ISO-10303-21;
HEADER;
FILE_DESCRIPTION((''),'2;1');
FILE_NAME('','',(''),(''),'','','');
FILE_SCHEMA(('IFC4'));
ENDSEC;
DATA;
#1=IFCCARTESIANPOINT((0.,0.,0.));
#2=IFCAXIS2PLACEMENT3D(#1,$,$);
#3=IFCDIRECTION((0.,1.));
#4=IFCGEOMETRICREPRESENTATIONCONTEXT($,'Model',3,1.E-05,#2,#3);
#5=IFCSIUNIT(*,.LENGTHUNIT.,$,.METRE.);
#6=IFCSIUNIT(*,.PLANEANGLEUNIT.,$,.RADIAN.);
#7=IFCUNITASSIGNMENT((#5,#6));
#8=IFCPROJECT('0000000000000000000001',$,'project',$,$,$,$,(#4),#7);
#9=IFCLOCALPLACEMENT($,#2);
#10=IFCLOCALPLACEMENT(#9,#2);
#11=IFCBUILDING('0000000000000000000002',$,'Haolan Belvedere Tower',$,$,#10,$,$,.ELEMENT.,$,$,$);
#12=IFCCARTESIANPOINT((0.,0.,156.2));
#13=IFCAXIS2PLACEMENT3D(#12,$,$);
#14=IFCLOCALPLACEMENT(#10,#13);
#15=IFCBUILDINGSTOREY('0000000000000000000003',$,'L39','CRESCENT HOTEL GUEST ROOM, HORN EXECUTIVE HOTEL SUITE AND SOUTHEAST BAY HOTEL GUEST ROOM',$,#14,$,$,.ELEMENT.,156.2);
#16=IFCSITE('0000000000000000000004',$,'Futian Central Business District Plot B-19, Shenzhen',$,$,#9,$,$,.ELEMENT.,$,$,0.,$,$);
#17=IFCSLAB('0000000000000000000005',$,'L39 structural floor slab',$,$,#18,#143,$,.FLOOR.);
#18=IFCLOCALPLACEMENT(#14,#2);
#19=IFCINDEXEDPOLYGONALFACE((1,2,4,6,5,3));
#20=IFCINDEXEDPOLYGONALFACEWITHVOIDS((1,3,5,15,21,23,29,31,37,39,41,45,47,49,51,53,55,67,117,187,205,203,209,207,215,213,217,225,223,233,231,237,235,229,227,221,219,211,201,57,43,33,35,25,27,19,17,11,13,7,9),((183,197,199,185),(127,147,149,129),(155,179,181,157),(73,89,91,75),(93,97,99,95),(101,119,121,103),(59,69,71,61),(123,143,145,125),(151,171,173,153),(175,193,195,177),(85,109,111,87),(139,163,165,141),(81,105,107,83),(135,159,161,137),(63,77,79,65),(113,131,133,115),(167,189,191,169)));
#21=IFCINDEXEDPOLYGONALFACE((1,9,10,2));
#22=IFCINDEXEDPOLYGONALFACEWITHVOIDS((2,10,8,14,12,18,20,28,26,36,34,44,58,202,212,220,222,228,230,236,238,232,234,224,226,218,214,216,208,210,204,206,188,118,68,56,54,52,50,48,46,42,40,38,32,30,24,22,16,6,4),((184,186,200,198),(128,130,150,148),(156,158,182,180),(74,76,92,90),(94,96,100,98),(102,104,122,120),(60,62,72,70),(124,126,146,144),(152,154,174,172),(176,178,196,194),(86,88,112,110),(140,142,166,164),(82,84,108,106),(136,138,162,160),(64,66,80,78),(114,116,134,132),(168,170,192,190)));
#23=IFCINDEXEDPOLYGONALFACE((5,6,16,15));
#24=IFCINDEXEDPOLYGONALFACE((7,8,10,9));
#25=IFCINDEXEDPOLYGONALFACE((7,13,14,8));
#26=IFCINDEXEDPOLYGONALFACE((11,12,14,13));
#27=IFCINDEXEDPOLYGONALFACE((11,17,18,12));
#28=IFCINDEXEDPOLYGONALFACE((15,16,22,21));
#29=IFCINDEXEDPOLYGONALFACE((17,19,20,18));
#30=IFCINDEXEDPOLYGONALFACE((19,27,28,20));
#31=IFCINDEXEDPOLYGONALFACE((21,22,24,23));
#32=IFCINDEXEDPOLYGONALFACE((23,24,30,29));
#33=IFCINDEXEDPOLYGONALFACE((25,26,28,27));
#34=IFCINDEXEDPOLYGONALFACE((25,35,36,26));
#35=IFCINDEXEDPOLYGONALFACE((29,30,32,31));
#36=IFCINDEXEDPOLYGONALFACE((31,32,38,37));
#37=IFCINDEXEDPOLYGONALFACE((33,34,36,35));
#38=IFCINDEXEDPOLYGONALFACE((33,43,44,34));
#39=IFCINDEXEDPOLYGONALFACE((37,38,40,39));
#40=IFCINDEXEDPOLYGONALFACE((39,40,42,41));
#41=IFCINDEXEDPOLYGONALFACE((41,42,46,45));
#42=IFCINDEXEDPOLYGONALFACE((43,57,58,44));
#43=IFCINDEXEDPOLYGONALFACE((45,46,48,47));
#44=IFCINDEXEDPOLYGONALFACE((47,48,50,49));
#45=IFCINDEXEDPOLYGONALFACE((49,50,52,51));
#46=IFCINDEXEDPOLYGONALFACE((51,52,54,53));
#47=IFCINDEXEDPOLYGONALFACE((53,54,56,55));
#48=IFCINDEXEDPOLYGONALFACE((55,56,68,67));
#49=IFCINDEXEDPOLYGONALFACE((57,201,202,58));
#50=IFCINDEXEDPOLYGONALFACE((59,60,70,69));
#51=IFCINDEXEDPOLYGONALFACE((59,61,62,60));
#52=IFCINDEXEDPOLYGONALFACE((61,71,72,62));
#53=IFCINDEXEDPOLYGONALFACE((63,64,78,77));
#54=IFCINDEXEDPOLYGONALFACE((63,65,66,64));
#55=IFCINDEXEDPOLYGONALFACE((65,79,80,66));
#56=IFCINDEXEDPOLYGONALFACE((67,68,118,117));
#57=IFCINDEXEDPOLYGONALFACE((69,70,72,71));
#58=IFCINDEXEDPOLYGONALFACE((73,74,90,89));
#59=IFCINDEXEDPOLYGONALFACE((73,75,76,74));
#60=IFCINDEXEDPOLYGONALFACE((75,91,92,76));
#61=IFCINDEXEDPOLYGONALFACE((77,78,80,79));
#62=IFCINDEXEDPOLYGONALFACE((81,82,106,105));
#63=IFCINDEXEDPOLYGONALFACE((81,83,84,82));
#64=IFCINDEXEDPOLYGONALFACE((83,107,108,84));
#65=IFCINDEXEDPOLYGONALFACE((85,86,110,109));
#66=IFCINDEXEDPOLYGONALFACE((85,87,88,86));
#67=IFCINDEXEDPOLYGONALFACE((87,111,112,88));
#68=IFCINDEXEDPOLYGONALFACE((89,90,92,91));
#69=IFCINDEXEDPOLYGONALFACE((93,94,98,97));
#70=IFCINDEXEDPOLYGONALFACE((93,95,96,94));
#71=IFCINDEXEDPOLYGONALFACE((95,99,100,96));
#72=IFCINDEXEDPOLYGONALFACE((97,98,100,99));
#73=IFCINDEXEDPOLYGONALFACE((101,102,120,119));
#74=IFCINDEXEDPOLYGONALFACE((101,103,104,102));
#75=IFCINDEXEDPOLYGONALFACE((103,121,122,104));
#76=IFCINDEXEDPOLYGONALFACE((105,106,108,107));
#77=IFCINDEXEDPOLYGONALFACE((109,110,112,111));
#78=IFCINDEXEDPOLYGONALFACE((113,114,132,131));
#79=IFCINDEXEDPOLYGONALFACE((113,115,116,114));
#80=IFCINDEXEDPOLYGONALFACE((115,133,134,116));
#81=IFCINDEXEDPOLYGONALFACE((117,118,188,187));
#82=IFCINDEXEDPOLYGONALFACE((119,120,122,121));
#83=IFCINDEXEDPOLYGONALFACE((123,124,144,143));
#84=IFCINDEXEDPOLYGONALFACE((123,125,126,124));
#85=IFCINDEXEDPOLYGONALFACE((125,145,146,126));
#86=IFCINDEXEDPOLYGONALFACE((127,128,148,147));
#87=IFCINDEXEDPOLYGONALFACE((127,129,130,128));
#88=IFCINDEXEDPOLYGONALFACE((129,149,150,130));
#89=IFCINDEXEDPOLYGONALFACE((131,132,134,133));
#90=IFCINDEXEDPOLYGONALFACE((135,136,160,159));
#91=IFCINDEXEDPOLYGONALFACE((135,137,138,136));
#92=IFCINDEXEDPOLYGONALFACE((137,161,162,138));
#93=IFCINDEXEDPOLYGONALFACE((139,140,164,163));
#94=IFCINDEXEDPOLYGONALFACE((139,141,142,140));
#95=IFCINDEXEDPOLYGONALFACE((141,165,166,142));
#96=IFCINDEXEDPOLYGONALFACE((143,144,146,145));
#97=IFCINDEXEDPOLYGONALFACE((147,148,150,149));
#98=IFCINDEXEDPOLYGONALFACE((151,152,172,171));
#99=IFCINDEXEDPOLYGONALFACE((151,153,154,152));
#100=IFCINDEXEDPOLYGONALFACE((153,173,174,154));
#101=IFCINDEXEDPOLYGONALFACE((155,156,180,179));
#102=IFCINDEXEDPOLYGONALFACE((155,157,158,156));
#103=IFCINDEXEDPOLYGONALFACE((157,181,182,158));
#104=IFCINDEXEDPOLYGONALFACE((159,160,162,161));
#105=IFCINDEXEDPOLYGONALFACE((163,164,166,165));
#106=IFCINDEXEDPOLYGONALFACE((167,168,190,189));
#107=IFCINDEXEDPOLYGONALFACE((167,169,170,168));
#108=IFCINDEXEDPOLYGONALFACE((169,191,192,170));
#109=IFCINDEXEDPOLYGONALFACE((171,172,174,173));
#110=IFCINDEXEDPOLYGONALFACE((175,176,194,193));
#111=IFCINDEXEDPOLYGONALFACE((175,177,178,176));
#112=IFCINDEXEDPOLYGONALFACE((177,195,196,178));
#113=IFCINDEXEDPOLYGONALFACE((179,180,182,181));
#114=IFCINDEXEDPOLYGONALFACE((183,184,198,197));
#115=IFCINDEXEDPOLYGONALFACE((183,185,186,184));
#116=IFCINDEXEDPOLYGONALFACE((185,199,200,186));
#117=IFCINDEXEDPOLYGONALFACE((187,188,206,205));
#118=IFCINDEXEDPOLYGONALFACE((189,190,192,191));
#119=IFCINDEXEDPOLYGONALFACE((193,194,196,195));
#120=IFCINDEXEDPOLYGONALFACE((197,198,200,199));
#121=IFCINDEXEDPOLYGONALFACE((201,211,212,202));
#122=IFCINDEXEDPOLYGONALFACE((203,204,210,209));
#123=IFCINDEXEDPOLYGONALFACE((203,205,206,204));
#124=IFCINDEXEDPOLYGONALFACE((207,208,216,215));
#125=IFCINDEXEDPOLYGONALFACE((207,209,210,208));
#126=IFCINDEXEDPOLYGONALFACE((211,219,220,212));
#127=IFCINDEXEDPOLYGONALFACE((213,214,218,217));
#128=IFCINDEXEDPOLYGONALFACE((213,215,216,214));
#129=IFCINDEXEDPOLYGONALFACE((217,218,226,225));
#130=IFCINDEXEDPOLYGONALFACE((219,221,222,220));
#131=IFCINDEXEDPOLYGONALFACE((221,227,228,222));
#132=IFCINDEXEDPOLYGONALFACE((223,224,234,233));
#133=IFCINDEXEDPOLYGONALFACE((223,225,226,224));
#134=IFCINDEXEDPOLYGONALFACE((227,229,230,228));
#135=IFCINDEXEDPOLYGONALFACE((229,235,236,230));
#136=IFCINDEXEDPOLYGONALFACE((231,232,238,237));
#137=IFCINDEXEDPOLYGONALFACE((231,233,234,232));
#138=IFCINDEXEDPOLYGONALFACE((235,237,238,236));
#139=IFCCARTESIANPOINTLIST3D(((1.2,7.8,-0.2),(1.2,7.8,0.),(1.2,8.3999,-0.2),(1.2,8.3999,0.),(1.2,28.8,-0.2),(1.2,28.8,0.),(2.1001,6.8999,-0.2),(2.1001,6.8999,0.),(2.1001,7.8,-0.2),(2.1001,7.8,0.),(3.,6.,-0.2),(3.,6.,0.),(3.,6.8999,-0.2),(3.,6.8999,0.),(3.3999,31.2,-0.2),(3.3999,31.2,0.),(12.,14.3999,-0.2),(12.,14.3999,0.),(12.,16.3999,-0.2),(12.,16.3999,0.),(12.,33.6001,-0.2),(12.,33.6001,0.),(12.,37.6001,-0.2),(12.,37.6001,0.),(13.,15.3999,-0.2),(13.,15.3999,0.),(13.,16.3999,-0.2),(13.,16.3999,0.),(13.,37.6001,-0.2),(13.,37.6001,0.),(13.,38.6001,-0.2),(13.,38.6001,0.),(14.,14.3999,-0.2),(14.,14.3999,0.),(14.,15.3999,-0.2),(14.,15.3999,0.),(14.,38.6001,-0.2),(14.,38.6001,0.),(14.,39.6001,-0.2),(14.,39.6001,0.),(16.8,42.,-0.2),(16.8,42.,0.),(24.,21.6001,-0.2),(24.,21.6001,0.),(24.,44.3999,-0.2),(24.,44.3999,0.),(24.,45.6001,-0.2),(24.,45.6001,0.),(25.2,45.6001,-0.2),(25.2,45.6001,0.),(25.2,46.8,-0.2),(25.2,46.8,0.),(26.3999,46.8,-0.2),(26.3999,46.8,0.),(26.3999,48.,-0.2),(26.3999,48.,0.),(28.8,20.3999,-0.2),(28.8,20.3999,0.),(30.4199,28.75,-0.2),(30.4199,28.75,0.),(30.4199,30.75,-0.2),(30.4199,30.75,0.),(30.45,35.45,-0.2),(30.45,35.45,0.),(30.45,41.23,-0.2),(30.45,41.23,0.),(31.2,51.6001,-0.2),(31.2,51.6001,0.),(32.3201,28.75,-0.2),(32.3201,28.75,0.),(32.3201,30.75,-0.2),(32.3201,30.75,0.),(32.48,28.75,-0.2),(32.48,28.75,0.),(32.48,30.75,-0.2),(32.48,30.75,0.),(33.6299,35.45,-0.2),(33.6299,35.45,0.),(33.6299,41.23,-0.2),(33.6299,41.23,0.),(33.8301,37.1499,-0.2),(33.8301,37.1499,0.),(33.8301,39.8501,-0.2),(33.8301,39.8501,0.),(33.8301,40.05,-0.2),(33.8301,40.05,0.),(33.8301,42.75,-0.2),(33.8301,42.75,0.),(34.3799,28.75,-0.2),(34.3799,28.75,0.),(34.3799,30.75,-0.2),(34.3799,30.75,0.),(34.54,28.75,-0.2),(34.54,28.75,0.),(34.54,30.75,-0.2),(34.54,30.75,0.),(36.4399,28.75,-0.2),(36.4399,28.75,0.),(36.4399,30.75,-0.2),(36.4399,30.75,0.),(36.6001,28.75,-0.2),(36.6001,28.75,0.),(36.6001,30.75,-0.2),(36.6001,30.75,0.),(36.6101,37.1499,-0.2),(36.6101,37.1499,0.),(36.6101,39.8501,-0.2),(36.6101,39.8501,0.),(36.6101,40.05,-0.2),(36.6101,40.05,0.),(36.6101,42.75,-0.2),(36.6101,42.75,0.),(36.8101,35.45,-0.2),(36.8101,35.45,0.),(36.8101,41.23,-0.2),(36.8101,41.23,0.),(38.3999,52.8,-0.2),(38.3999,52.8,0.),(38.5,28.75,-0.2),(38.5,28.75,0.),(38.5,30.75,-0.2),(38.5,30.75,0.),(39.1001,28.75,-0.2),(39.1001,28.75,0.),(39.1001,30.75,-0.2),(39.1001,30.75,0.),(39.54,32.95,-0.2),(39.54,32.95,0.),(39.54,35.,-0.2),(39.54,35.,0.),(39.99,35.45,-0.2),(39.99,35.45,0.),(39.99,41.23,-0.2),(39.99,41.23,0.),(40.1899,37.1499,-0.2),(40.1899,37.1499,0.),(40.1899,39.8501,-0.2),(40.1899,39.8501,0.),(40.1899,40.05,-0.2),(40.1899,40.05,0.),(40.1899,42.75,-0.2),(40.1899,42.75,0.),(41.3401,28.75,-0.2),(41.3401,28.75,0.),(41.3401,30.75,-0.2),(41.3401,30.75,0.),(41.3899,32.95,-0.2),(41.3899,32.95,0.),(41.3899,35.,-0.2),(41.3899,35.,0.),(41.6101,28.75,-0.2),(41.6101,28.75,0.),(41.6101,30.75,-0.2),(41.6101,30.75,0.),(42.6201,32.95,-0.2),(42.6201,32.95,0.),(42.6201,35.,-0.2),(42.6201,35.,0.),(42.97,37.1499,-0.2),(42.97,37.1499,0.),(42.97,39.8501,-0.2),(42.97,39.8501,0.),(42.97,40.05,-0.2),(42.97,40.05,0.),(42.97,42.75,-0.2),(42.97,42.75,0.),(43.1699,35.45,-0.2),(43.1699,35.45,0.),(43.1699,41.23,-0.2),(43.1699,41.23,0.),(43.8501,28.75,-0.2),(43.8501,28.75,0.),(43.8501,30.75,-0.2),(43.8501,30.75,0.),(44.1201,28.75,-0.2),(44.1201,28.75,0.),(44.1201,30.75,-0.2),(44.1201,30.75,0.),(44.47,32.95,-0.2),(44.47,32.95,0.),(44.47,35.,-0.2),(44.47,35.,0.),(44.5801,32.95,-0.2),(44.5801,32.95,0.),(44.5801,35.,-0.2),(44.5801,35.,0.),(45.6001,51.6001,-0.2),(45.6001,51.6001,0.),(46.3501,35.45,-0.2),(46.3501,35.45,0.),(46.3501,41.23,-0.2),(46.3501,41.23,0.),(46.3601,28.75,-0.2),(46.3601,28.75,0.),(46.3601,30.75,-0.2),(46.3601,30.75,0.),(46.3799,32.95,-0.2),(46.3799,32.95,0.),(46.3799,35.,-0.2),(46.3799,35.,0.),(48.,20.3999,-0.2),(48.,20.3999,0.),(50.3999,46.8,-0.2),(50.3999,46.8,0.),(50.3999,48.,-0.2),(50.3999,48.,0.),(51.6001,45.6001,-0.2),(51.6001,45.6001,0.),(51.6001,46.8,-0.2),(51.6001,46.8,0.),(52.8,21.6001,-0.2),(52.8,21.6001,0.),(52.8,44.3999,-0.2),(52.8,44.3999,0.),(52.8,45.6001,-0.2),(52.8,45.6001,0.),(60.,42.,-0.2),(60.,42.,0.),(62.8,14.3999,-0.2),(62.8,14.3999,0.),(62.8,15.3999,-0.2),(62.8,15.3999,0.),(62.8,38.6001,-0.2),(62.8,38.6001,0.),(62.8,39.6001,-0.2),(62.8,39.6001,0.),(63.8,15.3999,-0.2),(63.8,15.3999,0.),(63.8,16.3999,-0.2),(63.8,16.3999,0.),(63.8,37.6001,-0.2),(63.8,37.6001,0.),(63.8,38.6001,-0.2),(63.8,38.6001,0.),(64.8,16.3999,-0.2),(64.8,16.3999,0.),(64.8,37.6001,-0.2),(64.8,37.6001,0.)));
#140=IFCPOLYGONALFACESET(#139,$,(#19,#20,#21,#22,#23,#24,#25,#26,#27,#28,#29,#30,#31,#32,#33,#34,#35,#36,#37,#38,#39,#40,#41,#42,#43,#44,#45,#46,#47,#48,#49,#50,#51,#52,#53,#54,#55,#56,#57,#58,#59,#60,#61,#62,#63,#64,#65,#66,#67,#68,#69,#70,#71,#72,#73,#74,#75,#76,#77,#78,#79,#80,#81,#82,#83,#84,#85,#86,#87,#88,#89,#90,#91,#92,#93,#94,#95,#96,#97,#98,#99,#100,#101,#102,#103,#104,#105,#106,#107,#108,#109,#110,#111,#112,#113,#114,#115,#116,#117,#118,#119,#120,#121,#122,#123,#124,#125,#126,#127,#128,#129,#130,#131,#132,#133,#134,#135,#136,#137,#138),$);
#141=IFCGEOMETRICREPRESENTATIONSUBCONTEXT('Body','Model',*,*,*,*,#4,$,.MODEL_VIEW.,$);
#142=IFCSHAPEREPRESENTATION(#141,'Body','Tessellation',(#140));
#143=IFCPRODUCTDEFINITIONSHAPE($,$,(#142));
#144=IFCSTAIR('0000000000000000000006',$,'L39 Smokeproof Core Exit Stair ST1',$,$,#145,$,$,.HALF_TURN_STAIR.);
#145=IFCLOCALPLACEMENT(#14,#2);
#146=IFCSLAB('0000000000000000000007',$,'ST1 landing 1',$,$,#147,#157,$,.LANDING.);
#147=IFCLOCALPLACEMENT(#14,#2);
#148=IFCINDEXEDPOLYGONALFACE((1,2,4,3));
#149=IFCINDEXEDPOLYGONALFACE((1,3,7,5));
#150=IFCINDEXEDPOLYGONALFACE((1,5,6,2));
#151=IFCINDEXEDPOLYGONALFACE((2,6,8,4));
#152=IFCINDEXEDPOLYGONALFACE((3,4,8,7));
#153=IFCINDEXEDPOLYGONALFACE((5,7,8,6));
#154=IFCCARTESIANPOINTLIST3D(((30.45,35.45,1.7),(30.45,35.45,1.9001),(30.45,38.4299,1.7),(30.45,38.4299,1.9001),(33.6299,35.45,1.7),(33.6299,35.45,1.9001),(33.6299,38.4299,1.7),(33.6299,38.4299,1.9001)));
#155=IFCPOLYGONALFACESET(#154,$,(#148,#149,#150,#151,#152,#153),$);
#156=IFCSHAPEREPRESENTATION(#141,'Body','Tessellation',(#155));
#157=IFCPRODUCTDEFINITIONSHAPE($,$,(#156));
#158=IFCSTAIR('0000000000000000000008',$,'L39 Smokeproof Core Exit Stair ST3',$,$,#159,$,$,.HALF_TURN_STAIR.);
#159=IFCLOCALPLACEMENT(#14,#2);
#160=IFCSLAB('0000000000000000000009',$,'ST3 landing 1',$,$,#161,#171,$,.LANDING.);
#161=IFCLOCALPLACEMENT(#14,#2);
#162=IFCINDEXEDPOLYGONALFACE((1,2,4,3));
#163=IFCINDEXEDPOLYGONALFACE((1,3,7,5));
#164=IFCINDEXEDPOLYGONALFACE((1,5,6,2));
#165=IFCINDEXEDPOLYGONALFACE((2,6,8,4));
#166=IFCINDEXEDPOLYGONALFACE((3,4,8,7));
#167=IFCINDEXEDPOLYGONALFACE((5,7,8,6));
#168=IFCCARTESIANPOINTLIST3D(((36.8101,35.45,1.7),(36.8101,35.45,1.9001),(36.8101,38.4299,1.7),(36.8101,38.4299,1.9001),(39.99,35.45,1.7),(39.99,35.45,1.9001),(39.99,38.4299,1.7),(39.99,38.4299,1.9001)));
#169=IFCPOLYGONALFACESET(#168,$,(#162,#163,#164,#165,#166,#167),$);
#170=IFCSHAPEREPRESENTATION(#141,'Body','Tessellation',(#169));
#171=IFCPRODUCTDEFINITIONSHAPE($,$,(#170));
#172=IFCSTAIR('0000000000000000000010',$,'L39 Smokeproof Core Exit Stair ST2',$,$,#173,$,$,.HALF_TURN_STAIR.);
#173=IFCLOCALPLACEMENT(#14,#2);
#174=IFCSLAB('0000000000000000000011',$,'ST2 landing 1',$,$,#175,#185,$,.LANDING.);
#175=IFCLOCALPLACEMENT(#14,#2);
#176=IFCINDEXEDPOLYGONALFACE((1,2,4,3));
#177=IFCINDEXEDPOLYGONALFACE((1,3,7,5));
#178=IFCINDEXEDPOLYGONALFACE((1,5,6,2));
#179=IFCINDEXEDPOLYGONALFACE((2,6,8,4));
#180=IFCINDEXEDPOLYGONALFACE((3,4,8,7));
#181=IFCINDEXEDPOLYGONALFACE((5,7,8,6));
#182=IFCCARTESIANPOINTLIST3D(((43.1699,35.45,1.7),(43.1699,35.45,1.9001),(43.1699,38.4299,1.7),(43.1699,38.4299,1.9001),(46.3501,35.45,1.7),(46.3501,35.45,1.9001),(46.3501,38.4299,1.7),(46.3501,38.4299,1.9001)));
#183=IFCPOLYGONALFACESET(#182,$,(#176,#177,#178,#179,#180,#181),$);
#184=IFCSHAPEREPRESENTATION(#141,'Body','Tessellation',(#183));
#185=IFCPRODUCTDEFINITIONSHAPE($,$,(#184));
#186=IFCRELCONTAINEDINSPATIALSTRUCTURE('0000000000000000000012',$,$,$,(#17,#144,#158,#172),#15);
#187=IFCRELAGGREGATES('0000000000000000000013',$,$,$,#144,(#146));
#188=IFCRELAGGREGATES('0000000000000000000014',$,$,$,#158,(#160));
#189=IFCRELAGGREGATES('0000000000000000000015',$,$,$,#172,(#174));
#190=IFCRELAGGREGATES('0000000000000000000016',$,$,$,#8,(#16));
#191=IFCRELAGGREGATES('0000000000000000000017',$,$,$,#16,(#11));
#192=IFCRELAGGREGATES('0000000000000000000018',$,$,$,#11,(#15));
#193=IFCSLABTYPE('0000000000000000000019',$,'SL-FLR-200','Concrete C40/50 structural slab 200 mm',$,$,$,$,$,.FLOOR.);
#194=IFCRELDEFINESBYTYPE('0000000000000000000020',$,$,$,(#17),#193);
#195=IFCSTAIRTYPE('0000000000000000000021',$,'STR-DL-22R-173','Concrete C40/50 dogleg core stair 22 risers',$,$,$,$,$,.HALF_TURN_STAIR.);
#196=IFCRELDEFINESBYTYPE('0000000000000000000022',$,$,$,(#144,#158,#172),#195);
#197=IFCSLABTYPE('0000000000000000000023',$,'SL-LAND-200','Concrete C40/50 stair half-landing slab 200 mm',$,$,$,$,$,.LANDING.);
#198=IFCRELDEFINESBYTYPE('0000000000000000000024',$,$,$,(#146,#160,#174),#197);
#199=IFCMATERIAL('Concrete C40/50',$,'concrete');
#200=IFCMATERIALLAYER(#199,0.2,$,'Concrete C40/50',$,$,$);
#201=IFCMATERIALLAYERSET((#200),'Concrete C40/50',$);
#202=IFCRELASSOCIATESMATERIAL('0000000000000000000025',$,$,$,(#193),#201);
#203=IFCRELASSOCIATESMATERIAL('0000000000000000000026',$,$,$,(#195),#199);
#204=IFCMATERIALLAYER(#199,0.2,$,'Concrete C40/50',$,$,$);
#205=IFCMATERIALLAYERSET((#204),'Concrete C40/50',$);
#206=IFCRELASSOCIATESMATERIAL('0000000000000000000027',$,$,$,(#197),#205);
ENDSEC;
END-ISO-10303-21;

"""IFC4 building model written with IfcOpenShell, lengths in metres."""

from ifc_helpers import new_model, si_unit, direction, frame, origin, place, context, subcontext, project, spatial, polyline, outline, extrude, material, layer, layer_set, type_object, element, aggregate, save


model = new_model("IFC4")

# Units and contexts
model_context = context("Model", 3, precision=1e-05, world=origin(), true_north=direction((0.0, 1.0)))
body_context = subcontext(model_context, "Body", "Model", "MODEL_VIEW")
ifc_project = project(units=[si_unit("LENGTHUNIT", "METRE"), si_unit("PLANEANGLEUNIT", "RADIAN")], contexts=[model_context])

# Site, building, storey
site_placement = place(None, origin())
site = spatial("IfcSite", under=ifc_project, at=site_placement, Name="Futian Central Business District Plot B-19, Shenzhen", CompositionType="ELEMENT", RefElevation=0.0)
building_placement = place(site_placement, origin())
building = spatial("IfcBuilding", under=site, at=building_placement, Name="Haolan Belvedere Tower", CompositionType="ELEMENT")
storey_placement = place(building_placement, frame((0.0, 0.0, 156.2)))
storey = spatial("IfcBuildingStorey", under=building, at=storey_placement, Name="L39", Description="CRESCENT HOTEL GUEST ROOM, HORN EXECUTIVE HOTEL SUITE AND SOUTHEAST BAY HOTEL GUEST ROOM", CompositionType="ELEMENT", Elevation=156.2)

# Slab
ifc_material_1 = material(Name="Concrete C40/50", Category="concrete")
ifc_layer_1 = layer(ifc_material_1, 0.2, Name="Concrete C40/50")
ifc_layer_set_1 = layer_set([ifc_layer_1], Name="Concrete C40/50")
slab_type_1 = type_object("IfcSlabType", Name="SL-FLR-200", Description="Concrete C40/50 structural slab 200 mm", PredefinedType="FLOOR", material=ifc_layer_set_1)
slab_1_placement = place(storey_placement, frame((0.0, 0.0, -0.2)))
element("IfcSlab", 1, at=slab_1_placement, inside=storey, type_object=slab_type_1, Name="L39 structural floor slab", PredefinedType="FLOOR", context=body_context, shape_type="SweptSolid", body=[
    extrude(outline(polyline([(12.0, 14.3999), (12.0, 16.3999), (13.0, 16.3999), (13.0, 15.3999), (14.0, 15.3999), (14.0, 14.3999), (24.0, 21.6001), (28.8, 20.3999), (48.0, 20.3999), (52.8, 21.6001), (62.8, 14.3999), (62.8, 15.3999), (63.8, 15.3999), (63.8, 16.3999), (64.8, 16.3999), (64.8, 37.6001), (63.8, 37.6001), (63.8, 38.6001), (62.8, 38.6001), (62.8, 39.6001), (60.0, 42.0), (52.8, 44.3999), (52.8, 45.6001), (51.6001, 45.6001), (51.6001, 46.8), (50.3999, 46.8), (50.3999, 48.0), (45.6001, 51.6001), (38.3999, 52.8), (31.2, 51.6001), (26.3999, 48.0), (26.3999, 46.8), (25.2, 46.8), (25.2, 45.6001), (24.0, 45.6001), (24.0, 44.3999), (16.8, 42.0), (14.0, 39.6001), (14.0, 38.6001), (13.0, 38.6001), (13.0, 37.6001), (12.0, 37.6001), (12.0, 33.6001), (3.3999, 31.2), (1.2, 28.8), (1.2, 8.3999), (1.2, 7.8), (2.1001, 7.8), (2.1001, 6.8999), (3.0, 6.8999), (3.0, 6.0), (12.0, 14.3999)]), holes=[polyline([(30.45, 41.23), (30.45, 35.45), (33.6299, 35.45), (33.6299, 41.23), (30.45, 41.23)]), polyline([(36.8101, 41.23), (36.8101, 35.45), (39.99, 35.45), (39.99, 41.23), (36.8101, 41.23)]), polyline([(43.1699, 41.23), (43.1699, 35.45), (46.3501, 35.45), (46.3501, 41.23), (43.1699, 41.23)]), polyline([(33.8301, 40.05), (36.6101, 40.05), (36.6101, 42.75), (33.8301, 42.75), (33.8301, 40.05)]), polyline([(33.8301, 37.1499), (36.6101, 37.1499), (36.6101, 39.8501), (33.8301, 39.8501), (33.8301, 37.1499)]), polyline([(40.1899, 40.05), (42.97, 40.05), (42.97, 42.75), (40.1899, 42.75), (40.1899, 40.05)]), polyline([(40.1899, 37.1499), (42.97, 37.1499), (42.97, 39.8501), (40.1899, 39.8501), (40.1899, 37.1499)]), polyline([(39.54, 32.95), (41.3899, 32.95), (41.3899, 35.0), (39.54, 35.0), (39.54, 32.95)]), polyline([(42.6201, 32.95), (44.47, 32.95), (44.47, 35.0), (42.6201, 35.0), (42.6201, 32.95)]), polyline([(44.5801, 32.95), (46.3799, 32.95), (46.3799, 35.0), (44.5801, 35.0), (44.5801, 32.95)]), polyline([(30.4199, 28.75), (32.3201, 28.75), (32.3201, 30.75), (30.4199, 30.75), (30.4199, 28.75)]), polyline([(32.48, 28.75), (34.3799, 28.75), (34.3799, 30.75), (32.48, 30.75), (32.48, 28.75)]), polyline([(34.54, 28.75), (36.4399, 28.75), (36.4399, 30.75), (34.54, 30.75), (34.54, 28.75)]), polyline([(36.6001, 28.75), (38.5, 28.75), (38.5, 30.75), (36.6001, 30.75), (36.6001, 28.75)]), polyline([(39.1001, 28.75), (41.3401, 28.75), (41.3401, 30.75), (39.1001, 30.75), (39.1001, 28.75)]), polyline([(41.6101, 28.75), (43.8501, 28.75), (43.8501, 30.75), (41.6101, 30.75), (41.6101, 28.75)]), polyline([(44.1201, 28.75), (46.3601, 28.75), (46.3601, 30.75), (44.1201, 30.75), (44.1201, 28.75)])]), origin(), (0.0, 0.0, 1.0), 0.2),
])

# Stairs, slabs
stair_type = type_object("IfcStairType", Name="STR-DL-22R-173", Description="Concrete C40/50 dogleg core stair 22 risers", PredefinedType="HALF_TURN_STAIR", material=ifc_material_1)
stair_1_placement = place(storey_placement, origin())
stair_1 = element("IfcStair", 2, at=stair_1_placement, inside=storey, type_object=stair_type, Name="L39 Smokeproof Core Exit Stair ST1", PredefinedType="HALF_TURN_STAIR")
ifc_layer_2 = layer(ifc_material_1, 0.2, Name="Concrete C40/50")
ifc_layer_set_2 = layer_set([ifc_layer_2], Name="Concrete C40/50")
slab_type_2 = type_object("IfcSlabType", Name="SL-LAND-200", Description="Concrete C40/50 stair half-landing slab 200 mm", PredefinedType="LANDING", material=ifc_layer_set_2)
slab_2_placement = place(storey_placement, frame((0.0, 0.0, 1.7)))
slab_2 = element("IfcSlab", 3, at=slab_2_placement, type_object=slab_type_2, Name="ST1 landing 1", PredefinedType="LANDING", context=body_context, shape_type="SweptSolid", body=[
    extrude(outline(polyline([(30.45, 38.4299), (30.45, 35.45), (33.6299, 35.45), (33.6299, 38.4299), (30.45, 38.4299)])), origin(), (0.0, 0.0, 1.0), 0.2002),
])
aggregate(stair_1, [slab_2])
stair_2_placement = place(storey_placement, origin())
stair_2 = element("IfcStair", 4, at=stair_2_placement, inside=storey, type_object=stair_type, Name="L39 Smokeproof Core Exit Stair ST3", PredefinedType="HALF_TURN_STAIR")
slab_3_placement = place(storey_placement, frame((0.0, 0.0, 1.7)))
slab_3 = element("IfcSlab", 5, at=slab_3_placement, type_object=slab_type_2, Name="ST3 landing 1", PredefinedType="LANDING", context=body_context, shape_type="SweptSolid", body=[
    extrude(outline(polyline([(36.8101, 38.4299), (36.8101, 35.45), (39.99, 35.45), (39.99, 38.4299), (36.8101, 38.4299)])), origin(), (0.0, 0.0, 1.0), 0.2002),
])
aggregate(stair_2, [slab_3])
stair_3_placement = place(storey_placement, origin())
stair_3 = element("IfcStair", 6, at=stair_3_placement, inside=storey, type_object=stair_type, Name="L39 Smokeproof Core Exit Stair ST2", PredefinedType="HALF_TURN_STAIR")
slab_4_placement = place(storey_placement, frame((0.0, 0.0, 1.7)))
slab_4 = element("IfcSlab", 7, at=slab_4_placement, type_object=slab_type_2, Name="ST2 landing 1", PredefinedType="LANDING", context=body_context, shape_type="SweptSolid", body=[
    extrude(outline(polyline([(43.1699, 38.4299), (43.1699, 35.45), (46.3501, 35.45), (46.3501, 38.4299), (43.1699, 38.4299)])), origin(), (0.0, 0.0, 1.0), 0.2002),
])
aggregate(stair_3, [slab_4])

save(model, "model.ifc")
